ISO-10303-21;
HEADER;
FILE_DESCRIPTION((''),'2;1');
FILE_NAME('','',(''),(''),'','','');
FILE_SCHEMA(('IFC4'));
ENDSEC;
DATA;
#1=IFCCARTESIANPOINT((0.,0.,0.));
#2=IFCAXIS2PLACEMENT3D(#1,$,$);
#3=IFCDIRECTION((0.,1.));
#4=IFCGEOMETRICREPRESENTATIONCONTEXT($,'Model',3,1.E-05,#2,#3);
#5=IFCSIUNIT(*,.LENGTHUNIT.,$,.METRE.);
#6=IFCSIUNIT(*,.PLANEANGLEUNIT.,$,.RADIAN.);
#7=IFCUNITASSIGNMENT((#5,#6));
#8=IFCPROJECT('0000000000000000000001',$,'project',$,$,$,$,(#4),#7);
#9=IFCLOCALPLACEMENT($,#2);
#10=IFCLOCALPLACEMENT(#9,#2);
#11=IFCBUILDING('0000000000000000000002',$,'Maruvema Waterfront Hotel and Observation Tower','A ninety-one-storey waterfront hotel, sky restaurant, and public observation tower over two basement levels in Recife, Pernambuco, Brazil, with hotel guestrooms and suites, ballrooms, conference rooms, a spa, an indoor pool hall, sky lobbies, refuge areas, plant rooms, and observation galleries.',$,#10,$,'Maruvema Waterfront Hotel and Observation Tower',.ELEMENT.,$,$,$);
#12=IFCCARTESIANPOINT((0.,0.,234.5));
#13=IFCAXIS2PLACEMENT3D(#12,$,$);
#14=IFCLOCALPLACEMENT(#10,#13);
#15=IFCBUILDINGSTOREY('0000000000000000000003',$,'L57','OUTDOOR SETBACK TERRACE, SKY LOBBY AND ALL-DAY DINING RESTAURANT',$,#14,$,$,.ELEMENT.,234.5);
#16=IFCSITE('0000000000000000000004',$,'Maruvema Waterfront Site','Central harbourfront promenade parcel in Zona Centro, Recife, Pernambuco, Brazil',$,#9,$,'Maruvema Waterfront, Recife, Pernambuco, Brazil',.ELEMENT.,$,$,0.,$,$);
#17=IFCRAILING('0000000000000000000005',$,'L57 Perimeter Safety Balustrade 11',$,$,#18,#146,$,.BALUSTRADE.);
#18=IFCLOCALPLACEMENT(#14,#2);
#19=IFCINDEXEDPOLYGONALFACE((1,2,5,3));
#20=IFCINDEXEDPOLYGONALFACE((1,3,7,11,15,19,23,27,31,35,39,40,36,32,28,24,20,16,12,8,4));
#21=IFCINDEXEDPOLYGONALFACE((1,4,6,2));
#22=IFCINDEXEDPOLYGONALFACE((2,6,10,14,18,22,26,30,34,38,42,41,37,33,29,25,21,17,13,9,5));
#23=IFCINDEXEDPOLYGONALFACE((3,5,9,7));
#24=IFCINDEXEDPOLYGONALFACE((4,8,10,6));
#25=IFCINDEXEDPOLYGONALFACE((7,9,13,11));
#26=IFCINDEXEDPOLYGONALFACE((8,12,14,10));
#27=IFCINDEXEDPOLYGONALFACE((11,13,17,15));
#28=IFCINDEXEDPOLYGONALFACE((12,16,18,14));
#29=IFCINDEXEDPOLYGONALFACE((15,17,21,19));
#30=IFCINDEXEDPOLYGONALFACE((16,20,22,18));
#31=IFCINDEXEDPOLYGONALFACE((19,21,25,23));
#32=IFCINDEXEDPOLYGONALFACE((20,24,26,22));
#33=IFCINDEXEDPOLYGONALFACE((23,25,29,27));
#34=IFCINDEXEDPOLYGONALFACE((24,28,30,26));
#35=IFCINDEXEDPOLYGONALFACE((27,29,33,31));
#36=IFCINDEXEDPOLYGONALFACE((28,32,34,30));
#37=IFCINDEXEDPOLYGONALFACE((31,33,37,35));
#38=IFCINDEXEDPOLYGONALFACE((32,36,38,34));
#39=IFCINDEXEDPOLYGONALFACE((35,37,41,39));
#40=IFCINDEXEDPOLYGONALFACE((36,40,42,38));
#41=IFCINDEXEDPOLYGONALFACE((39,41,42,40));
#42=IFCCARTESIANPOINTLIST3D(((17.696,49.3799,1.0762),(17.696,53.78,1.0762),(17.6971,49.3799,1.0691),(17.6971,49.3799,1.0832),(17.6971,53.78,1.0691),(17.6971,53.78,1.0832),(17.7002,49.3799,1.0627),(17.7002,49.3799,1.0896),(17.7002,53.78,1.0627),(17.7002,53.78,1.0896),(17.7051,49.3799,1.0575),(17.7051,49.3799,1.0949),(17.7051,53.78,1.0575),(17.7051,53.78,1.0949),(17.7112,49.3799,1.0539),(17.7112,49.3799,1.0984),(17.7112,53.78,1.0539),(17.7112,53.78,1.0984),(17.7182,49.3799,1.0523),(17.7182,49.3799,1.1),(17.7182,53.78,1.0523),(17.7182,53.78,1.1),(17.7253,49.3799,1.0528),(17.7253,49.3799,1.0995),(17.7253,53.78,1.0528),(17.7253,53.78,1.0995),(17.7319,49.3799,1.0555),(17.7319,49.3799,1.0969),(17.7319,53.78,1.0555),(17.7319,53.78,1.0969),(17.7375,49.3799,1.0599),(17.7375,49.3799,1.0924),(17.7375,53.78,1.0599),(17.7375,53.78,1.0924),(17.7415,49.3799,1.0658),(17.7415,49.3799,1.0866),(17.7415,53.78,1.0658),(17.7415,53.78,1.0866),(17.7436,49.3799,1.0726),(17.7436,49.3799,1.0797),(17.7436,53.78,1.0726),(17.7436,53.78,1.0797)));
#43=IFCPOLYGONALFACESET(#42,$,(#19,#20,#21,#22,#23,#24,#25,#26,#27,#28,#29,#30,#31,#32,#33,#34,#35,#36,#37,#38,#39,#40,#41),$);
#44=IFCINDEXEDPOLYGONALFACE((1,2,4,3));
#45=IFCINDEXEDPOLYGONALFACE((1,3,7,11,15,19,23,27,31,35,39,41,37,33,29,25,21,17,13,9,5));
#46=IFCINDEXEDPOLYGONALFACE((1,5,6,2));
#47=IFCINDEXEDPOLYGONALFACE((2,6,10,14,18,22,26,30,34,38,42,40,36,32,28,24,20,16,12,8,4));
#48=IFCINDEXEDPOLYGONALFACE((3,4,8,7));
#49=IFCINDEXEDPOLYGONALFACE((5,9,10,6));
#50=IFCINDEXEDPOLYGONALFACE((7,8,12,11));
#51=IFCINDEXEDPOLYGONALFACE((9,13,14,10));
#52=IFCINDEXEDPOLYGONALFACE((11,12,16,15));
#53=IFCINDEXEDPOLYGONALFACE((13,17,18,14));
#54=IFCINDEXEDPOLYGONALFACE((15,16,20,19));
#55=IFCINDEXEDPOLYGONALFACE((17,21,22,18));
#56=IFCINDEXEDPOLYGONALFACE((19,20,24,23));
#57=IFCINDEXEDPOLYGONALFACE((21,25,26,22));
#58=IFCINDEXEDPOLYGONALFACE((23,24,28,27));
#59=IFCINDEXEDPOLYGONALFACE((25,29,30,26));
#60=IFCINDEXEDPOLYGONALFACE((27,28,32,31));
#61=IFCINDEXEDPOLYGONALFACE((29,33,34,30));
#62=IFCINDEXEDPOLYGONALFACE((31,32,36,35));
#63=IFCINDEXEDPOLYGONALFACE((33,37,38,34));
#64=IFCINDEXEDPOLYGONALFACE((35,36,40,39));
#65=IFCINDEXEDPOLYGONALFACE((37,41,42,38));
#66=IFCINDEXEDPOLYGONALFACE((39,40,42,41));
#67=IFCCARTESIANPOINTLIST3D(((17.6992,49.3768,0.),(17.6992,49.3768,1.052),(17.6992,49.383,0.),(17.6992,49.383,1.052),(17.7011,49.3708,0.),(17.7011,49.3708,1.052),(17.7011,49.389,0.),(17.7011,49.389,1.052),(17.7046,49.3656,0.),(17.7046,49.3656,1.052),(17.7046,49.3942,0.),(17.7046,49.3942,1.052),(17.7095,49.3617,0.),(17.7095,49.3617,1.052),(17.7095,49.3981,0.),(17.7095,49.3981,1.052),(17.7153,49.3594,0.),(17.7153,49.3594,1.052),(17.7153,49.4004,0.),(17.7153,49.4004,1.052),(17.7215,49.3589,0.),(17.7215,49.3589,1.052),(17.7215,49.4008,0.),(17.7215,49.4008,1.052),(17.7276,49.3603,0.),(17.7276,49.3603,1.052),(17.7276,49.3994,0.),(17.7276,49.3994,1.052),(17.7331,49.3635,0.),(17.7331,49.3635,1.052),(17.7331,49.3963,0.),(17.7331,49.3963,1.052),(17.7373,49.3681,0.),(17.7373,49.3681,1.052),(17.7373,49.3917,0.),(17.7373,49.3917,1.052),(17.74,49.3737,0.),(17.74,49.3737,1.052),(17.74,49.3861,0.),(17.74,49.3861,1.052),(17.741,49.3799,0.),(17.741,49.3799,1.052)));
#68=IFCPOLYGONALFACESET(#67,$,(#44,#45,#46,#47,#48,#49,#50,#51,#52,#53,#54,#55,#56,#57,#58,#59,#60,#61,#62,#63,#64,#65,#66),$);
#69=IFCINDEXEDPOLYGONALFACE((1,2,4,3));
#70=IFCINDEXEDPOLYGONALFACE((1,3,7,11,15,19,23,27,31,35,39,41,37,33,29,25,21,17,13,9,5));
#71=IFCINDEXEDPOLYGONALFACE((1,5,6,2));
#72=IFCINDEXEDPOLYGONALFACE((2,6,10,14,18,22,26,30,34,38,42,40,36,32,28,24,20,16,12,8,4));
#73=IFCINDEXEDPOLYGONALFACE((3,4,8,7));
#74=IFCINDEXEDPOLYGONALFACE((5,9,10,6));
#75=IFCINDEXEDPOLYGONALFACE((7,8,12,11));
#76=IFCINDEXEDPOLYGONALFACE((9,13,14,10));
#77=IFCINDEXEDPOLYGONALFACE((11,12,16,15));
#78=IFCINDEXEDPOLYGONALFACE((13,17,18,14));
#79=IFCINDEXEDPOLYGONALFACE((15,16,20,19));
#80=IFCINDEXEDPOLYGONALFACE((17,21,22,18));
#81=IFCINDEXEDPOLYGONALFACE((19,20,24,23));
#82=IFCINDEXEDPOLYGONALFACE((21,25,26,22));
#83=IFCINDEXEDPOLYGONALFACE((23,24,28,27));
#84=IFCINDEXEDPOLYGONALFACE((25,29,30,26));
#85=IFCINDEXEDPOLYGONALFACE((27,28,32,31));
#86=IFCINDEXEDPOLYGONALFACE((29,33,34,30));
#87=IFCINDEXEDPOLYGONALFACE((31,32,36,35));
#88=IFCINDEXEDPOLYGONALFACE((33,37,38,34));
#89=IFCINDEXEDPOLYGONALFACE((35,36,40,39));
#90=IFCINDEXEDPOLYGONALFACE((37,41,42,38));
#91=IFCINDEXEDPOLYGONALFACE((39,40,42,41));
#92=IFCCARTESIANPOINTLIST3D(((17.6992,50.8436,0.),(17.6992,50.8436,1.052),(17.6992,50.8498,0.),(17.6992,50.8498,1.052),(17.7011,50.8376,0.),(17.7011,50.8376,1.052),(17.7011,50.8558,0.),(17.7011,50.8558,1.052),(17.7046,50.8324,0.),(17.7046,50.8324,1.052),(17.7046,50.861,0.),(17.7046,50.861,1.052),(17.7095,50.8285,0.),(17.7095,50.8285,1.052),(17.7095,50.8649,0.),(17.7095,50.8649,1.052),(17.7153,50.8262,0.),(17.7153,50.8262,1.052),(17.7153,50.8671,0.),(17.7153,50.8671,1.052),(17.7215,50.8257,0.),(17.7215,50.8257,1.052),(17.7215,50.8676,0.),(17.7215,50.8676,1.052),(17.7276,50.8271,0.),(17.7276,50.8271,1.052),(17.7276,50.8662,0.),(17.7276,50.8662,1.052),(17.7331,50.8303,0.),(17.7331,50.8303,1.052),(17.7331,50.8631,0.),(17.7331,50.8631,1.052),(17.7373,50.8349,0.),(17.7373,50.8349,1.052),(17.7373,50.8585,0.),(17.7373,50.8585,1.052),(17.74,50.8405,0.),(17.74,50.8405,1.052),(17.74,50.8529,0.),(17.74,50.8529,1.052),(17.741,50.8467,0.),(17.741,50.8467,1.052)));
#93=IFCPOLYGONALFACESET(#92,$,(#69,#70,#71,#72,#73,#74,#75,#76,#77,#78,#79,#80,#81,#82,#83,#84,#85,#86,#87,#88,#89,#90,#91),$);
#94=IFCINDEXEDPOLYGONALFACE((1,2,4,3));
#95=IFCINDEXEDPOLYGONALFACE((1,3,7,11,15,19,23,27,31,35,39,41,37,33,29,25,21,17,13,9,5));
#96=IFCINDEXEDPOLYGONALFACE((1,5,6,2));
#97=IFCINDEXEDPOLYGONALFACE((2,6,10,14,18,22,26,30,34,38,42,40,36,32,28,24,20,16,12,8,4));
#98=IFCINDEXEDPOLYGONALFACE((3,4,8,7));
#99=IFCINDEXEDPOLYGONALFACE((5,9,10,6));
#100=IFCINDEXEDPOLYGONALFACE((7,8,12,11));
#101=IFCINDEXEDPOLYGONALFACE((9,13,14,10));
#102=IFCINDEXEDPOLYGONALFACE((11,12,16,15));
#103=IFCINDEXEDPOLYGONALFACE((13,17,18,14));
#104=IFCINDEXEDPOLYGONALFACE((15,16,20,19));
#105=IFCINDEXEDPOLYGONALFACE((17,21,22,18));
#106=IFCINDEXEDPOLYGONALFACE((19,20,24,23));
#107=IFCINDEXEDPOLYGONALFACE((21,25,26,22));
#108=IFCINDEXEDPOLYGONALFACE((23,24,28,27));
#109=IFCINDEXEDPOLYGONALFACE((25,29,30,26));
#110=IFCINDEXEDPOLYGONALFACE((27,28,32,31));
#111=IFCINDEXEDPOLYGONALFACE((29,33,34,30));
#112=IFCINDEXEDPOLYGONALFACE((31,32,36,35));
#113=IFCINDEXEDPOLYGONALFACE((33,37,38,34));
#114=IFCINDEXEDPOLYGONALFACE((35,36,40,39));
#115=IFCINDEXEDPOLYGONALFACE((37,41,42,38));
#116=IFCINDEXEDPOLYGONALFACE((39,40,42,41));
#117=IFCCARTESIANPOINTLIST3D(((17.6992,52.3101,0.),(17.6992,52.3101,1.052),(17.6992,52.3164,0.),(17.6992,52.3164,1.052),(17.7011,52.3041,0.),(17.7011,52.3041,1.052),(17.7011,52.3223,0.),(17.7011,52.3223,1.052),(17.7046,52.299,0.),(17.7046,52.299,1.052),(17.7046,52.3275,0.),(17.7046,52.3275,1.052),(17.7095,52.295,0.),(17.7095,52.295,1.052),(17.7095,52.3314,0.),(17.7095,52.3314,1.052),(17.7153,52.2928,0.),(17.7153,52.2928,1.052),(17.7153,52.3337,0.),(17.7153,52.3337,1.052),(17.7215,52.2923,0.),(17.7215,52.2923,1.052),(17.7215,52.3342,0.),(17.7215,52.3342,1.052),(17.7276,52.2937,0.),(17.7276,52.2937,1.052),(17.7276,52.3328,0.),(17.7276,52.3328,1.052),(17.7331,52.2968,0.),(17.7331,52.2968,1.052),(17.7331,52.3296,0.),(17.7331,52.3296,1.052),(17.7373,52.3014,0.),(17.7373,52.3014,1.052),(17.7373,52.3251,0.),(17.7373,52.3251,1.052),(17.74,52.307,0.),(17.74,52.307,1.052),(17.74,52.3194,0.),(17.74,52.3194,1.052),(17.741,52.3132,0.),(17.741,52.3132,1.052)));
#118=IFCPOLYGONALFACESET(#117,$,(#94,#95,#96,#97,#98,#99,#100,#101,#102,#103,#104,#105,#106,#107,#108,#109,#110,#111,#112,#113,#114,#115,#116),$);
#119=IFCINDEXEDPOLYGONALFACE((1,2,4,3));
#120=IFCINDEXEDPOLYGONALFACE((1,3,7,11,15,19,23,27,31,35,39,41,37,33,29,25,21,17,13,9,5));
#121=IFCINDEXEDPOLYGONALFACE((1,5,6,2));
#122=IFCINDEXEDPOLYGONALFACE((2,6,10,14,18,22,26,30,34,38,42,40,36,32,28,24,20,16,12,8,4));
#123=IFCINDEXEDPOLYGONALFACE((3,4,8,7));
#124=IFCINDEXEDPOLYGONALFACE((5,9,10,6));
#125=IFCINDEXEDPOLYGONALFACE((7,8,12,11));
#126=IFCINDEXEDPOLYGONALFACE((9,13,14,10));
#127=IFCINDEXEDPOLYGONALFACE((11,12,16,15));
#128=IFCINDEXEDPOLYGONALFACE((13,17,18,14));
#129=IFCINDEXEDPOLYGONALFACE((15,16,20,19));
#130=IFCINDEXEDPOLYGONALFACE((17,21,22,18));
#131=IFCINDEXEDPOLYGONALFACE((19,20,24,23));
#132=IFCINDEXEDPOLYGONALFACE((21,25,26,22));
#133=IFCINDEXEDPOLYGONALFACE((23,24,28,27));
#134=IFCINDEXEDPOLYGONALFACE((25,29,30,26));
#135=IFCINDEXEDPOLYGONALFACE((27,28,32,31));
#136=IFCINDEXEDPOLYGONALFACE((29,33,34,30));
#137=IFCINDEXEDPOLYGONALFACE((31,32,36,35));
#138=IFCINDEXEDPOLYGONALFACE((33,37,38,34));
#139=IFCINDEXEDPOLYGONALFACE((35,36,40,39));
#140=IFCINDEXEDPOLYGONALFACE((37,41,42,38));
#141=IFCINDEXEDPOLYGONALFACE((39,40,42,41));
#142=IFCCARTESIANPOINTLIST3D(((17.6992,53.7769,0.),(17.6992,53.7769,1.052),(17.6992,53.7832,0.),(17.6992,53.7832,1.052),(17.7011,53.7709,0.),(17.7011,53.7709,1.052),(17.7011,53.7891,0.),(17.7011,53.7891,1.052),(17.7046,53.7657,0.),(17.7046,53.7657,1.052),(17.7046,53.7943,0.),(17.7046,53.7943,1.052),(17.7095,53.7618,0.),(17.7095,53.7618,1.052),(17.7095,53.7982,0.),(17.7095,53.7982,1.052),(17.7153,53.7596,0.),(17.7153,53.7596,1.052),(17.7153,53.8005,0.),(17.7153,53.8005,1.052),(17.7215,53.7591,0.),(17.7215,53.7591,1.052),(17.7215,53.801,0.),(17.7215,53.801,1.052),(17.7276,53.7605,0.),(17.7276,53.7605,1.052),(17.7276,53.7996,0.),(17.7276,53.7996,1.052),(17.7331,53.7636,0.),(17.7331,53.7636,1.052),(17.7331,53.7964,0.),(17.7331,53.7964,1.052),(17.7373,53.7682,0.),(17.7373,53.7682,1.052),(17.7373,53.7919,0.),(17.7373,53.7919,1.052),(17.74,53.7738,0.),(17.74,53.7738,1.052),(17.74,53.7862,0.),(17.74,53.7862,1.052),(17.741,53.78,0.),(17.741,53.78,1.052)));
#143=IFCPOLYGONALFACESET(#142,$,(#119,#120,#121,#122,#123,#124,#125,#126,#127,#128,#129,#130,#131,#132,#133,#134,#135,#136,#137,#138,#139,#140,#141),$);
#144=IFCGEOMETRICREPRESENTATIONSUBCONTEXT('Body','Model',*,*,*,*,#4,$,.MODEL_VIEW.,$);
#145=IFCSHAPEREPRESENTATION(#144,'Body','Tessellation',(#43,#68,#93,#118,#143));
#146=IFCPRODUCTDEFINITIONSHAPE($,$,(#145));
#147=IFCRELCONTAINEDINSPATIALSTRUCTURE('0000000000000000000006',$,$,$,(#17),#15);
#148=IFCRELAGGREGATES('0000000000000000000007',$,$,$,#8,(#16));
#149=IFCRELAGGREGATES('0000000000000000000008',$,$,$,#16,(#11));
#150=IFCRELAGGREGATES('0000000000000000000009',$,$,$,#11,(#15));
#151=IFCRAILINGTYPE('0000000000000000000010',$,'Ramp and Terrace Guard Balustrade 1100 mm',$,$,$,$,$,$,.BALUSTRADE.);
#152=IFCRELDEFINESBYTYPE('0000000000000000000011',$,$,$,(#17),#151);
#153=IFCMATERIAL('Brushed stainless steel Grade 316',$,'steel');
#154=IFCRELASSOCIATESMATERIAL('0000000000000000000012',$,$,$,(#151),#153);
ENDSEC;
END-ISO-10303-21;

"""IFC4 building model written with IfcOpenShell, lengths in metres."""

from ifc_helpers import new_model, si_unit, direction, frame, origin, origin_2d, place, context, subcontext, project, spatial, circle, extrude, material, type_object, element, save


model = new_model("IFC4")

# Units and contexts
model_context = context("Model", 3, precision=1e-05, world=origin(), true_north=direction((0.0, 1.0)))
body_context = subcontext(model_context, "Body", "Model", "MODEL_VIEW")
ifc_project = project(units=[si_unit("LENGTHUNIT", "METRE"), si_unit("PLANEANGLEUNIT", "RADIAN")], contexts=[model_context])

# Site, building, storey
site_placement = place(None, origin())
site = spatial("IfcSite", under=ifc_project, at=site_placement, Name="Maruvema Waterfront Site", Description="Central harbourfront promenade parcel in Zona Centro, Recife, Pernambuco, Brazil", LongName="Maruvema Waterfront, Recife, Pernambuco, Brazil", CompositionType="ELEMENT", RefElevation=0.0)
building_placement = place(site_placement, origin())
building = spatial("IfcBuilding", under=site, at=building_placement, Name="Maruvema Waterfront Hotel and Observation Tower", Description="A ninety-one-storey waterfront hotel, sky restaurant, and public observation tower over two basement levels in Recife, Pernambuco, Brazil, with hotel guestrooms and suites, ballrooms, conference rooms, a spa, an indoor pool hall, sky lobbies, refuge areas, plant rooms, and observation galleries.", LongName="Maruvema Waterfront Hotel and Observation Tower", CompositionType="ELEMENT")
storey_placement = place(building_placement, frame((0.0, 0.0, 234.5)))
storey = spatial("IfcBuildingStorey", under=building, at=storey_placement, Name="L57", Description="OUTDOOR SETBACK TERRACE, SKY LOBBY AND ALL-DAY DINING RESTAURANT", CompositionType="ELEMENT", Elevation=234.5)

# Railing
ifc_material_1 = material(Name="Brushed stainless steel Grade 316", Category="steel")
railing_type = type_object("IfcRailingType", Name="Ramp and Terrace Guard Balustrade 1100 mm", PredefinedType="BALUSTRADE", material=ifc_material_1)
railing_1_placement = place(storey_placement, frame((17.72, 49.3799, 0.0)))
element("IfcRailing", 1, at=railing_1_placement, inside=storey, type_object=railing_type, Name="L57 Perimeter Safety Balustrade 11", PredefinedType="BALUSTRADE", context=body_context, shape_type="SweptSolid", body=[
    extrude(circle(Radius=0.0239, at=origin_2d()), frame((0.0, 0.0, 1.0762), z_axis=(0.0, 1.0, 0.0), x_axis=(-1.0, 0.0, 0.0)), (0.0, 0.0, 1.0), 4.4001),
    extrude(circle(Radius=0.021, at=origin_2d()), origin(), (0.0, 0.0, 1.0), 1.052),
    extrude(circle(Radius=0.021, at=origin_2d()), frame((0.0, 1.4668, 0.0)), (0.0, 0.0, 1.0), 1.052),
    extrude(circle(Radius=0.021, at=origin_2d()), frame((0.0, 2.9333, 0.0)), (0.0, 0.0, 1.0), 1.052),
    extrude(circle(Radius=0.021, at=origin_2d()), frame((0.0, 4.4001, 0.0)), (0.0, 0.0, 1.0), 1.052),
])

save(model, "model.ifc")
